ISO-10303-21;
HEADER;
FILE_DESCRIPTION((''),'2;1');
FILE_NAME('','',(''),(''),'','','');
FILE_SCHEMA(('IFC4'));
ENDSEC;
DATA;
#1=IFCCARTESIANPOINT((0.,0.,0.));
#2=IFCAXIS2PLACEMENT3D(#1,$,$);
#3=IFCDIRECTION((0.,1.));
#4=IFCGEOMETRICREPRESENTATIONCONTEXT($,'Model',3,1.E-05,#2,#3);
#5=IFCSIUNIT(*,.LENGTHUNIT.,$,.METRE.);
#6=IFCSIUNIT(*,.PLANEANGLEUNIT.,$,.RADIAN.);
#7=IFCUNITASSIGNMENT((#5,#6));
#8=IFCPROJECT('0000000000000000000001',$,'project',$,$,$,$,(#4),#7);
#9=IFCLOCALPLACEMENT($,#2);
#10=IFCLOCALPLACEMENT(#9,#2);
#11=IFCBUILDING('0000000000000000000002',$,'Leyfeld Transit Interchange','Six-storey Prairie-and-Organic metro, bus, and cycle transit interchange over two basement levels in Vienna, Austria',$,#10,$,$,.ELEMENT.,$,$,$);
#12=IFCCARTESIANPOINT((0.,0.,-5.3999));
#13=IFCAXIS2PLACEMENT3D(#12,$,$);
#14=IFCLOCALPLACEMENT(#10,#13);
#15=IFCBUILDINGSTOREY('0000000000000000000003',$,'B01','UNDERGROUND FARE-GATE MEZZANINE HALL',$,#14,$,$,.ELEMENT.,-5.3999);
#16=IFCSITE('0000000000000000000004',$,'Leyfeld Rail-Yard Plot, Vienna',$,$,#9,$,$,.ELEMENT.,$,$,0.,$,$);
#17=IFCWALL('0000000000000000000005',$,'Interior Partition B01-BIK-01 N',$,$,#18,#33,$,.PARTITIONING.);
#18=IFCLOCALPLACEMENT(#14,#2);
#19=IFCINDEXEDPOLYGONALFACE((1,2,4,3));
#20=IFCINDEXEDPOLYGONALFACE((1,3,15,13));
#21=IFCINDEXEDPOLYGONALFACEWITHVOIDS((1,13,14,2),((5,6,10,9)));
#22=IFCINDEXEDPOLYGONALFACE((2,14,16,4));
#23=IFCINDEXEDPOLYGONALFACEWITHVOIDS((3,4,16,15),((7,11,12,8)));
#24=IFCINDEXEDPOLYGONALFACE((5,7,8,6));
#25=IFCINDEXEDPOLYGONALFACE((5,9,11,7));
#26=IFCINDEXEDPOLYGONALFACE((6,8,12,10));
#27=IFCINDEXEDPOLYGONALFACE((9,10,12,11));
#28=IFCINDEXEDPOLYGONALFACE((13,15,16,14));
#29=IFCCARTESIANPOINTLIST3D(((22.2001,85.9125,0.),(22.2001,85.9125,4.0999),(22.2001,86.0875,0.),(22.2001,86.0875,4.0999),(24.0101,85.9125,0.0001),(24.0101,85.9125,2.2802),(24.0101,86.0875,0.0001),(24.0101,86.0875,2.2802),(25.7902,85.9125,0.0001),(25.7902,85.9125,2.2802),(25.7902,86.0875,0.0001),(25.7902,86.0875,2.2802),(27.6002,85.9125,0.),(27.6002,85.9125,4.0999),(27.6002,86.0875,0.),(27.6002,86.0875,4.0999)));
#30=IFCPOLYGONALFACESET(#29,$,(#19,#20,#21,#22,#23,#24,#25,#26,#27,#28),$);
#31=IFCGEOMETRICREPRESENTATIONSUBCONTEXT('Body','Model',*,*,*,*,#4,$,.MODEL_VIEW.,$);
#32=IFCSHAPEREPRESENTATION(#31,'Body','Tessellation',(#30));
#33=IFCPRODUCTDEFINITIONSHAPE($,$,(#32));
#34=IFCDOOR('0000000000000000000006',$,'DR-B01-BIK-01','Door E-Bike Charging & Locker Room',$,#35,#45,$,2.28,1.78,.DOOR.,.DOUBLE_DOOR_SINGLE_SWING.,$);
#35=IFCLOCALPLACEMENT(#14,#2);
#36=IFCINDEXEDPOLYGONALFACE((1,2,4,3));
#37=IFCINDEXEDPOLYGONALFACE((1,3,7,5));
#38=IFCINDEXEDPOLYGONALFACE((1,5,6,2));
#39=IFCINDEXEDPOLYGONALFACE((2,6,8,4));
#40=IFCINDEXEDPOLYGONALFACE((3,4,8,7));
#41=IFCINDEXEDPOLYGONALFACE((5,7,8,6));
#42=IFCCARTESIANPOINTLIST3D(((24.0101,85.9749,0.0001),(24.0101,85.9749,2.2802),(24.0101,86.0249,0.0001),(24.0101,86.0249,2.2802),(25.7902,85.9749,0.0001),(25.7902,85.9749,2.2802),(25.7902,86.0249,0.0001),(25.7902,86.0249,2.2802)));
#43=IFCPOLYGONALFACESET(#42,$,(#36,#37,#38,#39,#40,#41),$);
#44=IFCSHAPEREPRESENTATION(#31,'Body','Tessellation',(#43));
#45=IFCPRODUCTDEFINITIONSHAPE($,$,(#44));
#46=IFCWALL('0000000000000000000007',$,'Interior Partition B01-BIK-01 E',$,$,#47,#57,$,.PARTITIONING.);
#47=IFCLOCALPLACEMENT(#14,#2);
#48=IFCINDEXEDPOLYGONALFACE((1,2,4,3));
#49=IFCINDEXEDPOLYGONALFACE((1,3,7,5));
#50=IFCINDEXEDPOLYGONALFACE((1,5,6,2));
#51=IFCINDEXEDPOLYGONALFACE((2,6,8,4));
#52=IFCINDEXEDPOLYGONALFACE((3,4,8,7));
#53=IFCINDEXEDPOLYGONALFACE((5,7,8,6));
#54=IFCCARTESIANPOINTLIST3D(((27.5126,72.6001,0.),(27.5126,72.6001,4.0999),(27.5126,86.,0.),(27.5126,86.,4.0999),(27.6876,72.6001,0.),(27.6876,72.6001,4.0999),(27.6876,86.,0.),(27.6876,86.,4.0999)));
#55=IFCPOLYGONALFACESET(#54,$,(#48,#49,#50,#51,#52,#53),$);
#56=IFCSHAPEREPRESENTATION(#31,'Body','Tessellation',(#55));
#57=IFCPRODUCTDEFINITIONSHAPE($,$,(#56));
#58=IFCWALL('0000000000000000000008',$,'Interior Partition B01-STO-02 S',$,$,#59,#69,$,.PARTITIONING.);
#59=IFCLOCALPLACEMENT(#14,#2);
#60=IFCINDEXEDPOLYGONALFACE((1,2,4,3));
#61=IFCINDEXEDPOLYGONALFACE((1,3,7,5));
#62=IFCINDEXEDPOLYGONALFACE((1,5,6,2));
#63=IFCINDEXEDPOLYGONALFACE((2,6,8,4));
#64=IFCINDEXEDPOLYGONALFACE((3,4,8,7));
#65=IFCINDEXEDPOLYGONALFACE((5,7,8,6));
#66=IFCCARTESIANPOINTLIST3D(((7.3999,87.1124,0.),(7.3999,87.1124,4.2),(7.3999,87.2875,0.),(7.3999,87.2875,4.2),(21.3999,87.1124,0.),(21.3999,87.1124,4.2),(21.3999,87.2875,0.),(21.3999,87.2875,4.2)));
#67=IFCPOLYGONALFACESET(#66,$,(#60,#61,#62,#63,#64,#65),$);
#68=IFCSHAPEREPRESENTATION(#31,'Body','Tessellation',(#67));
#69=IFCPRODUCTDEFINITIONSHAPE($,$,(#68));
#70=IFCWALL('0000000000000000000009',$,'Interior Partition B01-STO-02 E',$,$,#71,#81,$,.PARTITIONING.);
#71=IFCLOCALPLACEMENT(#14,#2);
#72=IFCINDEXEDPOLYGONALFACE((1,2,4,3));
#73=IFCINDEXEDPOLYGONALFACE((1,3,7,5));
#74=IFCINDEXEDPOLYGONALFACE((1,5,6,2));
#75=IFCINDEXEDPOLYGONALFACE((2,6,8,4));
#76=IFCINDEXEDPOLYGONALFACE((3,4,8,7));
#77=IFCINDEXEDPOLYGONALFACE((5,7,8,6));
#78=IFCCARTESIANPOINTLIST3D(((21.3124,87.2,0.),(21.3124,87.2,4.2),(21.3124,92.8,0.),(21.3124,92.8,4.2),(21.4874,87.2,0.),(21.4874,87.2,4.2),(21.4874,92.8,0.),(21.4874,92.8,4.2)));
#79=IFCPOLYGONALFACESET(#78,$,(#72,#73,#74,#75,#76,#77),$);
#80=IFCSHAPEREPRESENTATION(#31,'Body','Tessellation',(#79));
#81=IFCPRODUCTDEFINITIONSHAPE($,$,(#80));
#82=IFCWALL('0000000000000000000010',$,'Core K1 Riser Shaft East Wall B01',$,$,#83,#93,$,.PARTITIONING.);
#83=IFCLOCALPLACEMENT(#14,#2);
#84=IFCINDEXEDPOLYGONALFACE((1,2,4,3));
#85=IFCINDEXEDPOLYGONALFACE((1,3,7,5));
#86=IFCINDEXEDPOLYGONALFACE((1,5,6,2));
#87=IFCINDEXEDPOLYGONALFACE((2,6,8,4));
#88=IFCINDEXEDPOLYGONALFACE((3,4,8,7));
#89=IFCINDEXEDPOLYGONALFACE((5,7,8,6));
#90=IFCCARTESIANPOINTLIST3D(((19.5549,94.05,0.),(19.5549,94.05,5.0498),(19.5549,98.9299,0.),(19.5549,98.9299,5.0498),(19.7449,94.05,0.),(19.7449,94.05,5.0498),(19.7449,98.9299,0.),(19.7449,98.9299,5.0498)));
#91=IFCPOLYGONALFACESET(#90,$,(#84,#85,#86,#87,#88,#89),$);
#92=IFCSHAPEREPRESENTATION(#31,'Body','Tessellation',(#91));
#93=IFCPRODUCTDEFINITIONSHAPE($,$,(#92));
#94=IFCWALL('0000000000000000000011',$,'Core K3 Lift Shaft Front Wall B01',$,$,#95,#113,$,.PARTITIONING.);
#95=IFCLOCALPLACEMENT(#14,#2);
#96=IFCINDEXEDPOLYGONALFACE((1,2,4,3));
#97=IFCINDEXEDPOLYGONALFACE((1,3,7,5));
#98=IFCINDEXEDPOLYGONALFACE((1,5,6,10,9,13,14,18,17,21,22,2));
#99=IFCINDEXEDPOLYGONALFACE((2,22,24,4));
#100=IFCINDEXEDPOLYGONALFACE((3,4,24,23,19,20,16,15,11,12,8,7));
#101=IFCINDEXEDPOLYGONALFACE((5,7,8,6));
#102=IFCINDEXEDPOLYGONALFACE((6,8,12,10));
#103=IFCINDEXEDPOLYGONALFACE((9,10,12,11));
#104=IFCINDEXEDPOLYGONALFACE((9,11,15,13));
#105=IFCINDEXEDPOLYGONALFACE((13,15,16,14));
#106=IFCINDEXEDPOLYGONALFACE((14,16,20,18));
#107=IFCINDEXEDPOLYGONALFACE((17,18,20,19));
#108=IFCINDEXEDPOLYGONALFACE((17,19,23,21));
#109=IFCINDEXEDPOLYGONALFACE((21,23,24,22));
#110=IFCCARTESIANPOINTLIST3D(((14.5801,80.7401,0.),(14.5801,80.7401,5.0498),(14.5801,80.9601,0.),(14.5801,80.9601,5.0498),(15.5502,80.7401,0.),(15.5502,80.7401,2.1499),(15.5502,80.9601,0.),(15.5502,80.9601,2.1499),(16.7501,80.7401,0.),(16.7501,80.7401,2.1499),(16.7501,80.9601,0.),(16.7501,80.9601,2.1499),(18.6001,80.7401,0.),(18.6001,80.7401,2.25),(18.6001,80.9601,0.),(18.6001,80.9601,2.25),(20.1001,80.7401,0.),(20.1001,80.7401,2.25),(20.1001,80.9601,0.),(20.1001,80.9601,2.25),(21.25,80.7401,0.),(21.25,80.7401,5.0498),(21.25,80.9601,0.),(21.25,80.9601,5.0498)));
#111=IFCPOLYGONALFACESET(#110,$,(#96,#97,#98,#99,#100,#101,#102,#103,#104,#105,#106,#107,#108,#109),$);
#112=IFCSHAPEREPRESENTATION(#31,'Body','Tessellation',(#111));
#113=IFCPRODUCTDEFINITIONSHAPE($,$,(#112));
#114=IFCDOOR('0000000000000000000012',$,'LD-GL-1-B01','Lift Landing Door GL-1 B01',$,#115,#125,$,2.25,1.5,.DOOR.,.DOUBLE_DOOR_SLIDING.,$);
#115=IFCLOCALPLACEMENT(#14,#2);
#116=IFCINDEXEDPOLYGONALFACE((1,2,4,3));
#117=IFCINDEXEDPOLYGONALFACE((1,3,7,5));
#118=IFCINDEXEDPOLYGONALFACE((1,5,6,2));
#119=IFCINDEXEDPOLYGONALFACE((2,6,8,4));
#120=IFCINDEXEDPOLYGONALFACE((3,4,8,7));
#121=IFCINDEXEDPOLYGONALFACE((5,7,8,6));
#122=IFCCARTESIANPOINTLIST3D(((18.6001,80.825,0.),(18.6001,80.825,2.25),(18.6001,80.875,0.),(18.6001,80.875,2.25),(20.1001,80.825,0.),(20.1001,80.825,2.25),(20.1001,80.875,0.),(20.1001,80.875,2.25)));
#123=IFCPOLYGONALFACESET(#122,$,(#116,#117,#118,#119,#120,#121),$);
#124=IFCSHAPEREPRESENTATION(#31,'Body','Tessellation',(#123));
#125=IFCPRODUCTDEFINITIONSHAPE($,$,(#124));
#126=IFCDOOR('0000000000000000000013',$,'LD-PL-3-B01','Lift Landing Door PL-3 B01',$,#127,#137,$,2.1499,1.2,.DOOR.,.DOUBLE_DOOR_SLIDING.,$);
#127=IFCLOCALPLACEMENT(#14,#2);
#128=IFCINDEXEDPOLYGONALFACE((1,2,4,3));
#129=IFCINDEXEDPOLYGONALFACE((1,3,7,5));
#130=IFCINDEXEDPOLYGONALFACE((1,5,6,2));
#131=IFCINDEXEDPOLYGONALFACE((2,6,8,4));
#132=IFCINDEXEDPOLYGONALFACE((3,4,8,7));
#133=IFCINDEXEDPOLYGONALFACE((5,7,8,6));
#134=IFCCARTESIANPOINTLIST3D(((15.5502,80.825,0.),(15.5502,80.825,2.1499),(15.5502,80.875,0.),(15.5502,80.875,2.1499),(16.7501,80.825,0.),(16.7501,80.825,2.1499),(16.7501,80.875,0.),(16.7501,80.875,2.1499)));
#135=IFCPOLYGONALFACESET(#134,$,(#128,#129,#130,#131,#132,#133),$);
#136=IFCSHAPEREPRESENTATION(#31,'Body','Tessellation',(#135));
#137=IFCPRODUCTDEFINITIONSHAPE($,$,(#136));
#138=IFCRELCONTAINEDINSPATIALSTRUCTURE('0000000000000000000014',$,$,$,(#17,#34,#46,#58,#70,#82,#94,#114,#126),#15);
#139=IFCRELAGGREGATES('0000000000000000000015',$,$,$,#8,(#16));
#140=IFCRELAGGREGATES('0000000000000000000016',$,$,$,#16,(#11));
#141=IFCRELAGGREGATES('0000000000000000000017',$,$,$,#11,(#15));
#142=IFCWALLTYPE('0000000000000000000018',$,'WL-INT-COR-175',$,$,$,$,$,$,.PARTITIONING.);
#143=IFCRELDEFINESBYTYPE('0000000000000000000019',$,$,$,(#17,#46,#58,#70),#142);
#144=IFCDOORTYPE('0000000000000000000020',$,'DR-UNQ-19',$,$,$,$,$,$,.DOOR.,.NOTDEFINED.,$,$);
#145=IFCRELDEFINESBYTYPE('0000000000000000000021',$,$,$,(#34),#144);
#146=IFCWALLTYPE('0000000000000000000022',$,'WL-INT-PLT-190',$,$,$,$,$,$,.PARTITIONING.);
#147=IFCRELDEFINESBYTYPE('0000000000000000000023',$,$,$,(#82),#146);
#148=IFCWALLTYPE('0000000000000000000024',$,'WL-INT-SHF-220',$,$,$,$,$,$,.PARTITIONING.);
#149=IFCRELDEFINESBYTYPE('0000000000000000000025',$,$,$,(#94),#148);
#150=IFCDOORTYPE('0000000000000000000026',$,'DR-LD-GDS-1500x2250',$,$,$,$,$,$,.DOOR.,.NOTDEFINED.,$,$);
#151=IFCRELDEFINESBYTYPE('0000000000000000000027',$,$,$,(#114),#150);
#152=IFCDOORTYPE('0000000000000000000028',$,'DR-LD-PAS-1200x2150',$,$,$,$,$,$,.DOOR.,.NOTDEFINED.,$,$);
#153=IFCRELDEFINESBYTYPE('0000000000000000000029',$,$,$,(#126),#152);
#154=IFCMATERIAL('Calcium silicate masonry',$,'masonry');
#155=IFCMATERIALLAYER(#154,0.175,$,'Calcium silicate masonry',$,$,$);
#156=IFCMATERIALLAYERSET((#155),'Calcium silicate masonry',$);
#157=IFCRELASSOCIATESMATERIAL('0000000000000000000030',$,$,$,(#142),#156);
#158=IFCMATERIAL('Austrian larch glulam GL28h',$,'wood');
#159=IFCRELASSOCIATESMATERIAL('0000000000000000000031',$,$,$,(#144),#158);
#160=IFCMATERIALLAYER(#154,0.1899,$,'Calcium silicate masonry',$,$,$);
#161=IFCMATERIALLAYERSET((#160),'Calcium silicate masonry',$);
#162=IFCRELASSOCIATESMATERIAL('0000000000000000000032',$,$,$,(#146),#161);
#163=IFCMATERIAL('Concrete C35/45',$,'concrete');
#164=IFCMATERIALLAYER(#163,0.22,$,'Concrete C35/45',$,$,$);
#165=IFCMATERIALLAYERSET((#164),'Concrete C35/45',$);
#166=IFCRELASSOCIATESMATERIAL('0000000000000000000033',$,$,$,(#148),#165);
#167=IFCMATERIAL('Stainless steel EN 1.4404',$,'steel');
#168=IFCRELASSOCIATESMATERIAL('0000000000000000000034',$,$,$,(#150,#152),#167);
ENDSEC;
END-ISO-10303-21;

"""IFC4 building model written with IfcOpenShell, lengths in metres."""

from ifc_helpers import new_model, si_unit, direction, frame, frame_2d, origin, place, context, subcontext, project, spatial, rectangle, extrude, material, layer, layer_set, type_object, element, fill, save


model = new_model("IFC4")

# Units and contexts
model_context = context("Model", 3, precision=1e-05, world=origin(), true_north=direction((0.0, 1.0)))
body_context = subcontext(model_context, "Body", "Model", "MODEL_VIEW")
ifc_project = project(units=[si_unit("LENGTHUNIT", "METRE"), si_unit("PLANEANGLEUNIT", "RADIAN")], contexts=[model_context])

# Site, building, storey
site_placement = place(None, origin())
site = spatial("IfcSite", under=ifc_project, at=site_placement, Name="Leyfeld Rail-Yard Plot, Vienna", CompositionType="ELEMENT", RefElevation=0.0)
building_placement = place(site_placement, origin())
building = spatial("IfcBuilding", under=site, at=building_placement, Name="Leyfeld Transit Interchange", Description="Six-storey Prairie-and-Organic metro, bus, and cycle transit interchange over two basement levels in Vienna, Austria", CompositionType="ELEMENT")
storey_placement = place(building_placement, frame((0.0, 0.0, -5.3999)))
storey = spatial("IfcBuildingStorey", under=building, at=storey_placement, Name="B01", Description="UNDERGROUND FARE-GATE MEZZANINE HALL", CompositionType="ELEMENT", Elevation=-5.3999)

# Shared definitions
ifc_material_1 = material(Name="Concrete C35/45", Category="concrete")

# Wall, opening, door
ifc_material_2 = material(Name="Calcium silicate masonry", Category="masonry")
ifc_layer_1 = layer(ifc_material_2, 0.175, Name="Calcium silicate masonry")
ifc_layer_set_1 = layer_set([ifc_layer_1], Name="Calcium silicate masonry")
wall_type_1 = type_object("IfcWallType", Name="WL-INT-COR-175", PredefinedType="PARTITIONING", material=ifc_layer_set_1)
wall_1_placement = place(storey_placement, frame((22.2, 86.0, 0.0), z_axis=(0.0, 0.0, 1.0), x_axis=(1.0, 0.0, 0.0)))
wall_1 = element("IfcWall", 1, at=wall_1_placement, inside=storey, type_object=wall_type_1, Name="Interior Partition B01-BIK-01 N", PredefinedType="PARTITIONING", context=body_context, shape_type="SweptSolid", body=[
    extrude(rectangle(XDim=5.4001, YDim=0.175, at=frame_2d((2.7002, 0.0))), origin(), (0.0, 0.0, 1.0), 4.0999),
])
opening_1_placement = place(wall_1_placement, frame((1.8101, 0.0, 0.0)))
opening_1 = element("IfcOpeningElement", 2, at=opening_1_placement, cuts=wall_1, PredefinedType="OPENING", context=body_context, shape_type="SweptSolid", body=[
    extrude(rectangle(XDim=1.78, YDim=2.28, at=frame_2d((0.8901, 1.1401))), frame((0.0, 0.0974, 0.0), z_axis=(0.0, -1.0, 0.0), x_axis=(1.0, 0.0, 0.0)), (0.0, 0.0, 1.0), 0.1951),
])
ifc_material_3 = material(Name="Austrian larch glulam GL28h", Category="wood")
door_type_1 = type_object("IfcDoorType", Name="DR-UNQ-19", OperationType="NOTDEFINED", PredefinedType="DOOR", material=ifc_material_3)
door_1_placement = place(opening_1_placement, origin())
door_1 = element("IfcDoor", 3, at=door_1_placement, inside=storey, type_object=door_type_1, Name="DR-B01-BIK-01", Description="Door E-Bike Charging & Locker Room", OperationType="DOUBLE_DOOR_SINGLE_SWING", OverallHeight=2.28, OverallWidth=1.78, PredefinedType="DOOR", context=body_context, shape_type="SweptSolid", body=[
    extrude(rectangle(XDim=1.78, YDim=2.28, at=frame_2d((0.8901, 1.1401))), frame((0.0, 0.0249, 0.0), z_axis=(0.0, -1.0, 0.0), x_axis=(1.0, 0.0, 0.0)), (0.0, 0.0, 1.0), 0.05),
])
fill(opening_1, door_1)

# Walls
wall_2_placement = place(storey_placement, frame((27.6001, 86.0, 0.0), z_axis=(0.0, 0.0, 1.0), x_axis=(0.0, -1.0, 0.0)))
element("IfcWall", 4, at=wall_2_placement, inside=storey, type_object=wall_type_1, Name="Interior Partition B01-BIK-01 E", PredefinedType="PARTITIONING", context=body_context, shape_type="SweptSolid", body=[
    extrude(rectangle(XDim=13.3999, YDim=0.175, at=frame_2d((6.7, 0.0))), origin(), (0.0, 0.0, 1.0), 4.0999),
])
wall_3_placement = place(storey_placement, frame((21.3999, 87.2, 0.0), z_axis=(0.0, 0.0, 1.0), x_axis=(-1.0, 0.0, 0.0)))
element("IfcWall", 5, at=wall_3_placement, inside=storey, type_object=wall_type_1, Name="Interior Partition B01-STO-02 S", PredefinedType="PARTITIONING", context=body_context, shape_type="SweptSolid", body=[
    extrude(rectangle(XDim=14.0, YDim=0.175, at=frame_2d((7.0, 0.0))), origin(), (0.0, 0.0, 1.0), 4.2),
])
wall_4_placement = place(storey_placement, frame((21.3999, 92.8, 0.0), z_axis=(0.0, 0.0, 1.0), x_axis=(0.0, -1.0, 0.0)))
element("IfcWall", 6, at=wall_4_placement, inside=storey, type_object=wall_type_1, Name="Interior Partition B01-STO-02 E", PredefinedType="PARTITIONING", context=body_context, shape_type="SweptSolid", body=[
    extrude(rectangle(XDim=5.6001, YDim=0.175, at=frame_2d((2.8, 0.0))), origin(), (0.0, 0.0, 1.0), 4.2),
])
ifc_layer_2 = layer(ifc_material_2, 0.1899, Name="Calcium silicate masonry")
ifc_layer_set_2 = layer_set([ifc_layer_2], Name="Calcium silicate masonry")
wall_type_2 = type_object("IfcWallType", Name="WL-INT-PLT-190", PredefinedType="PARTITIONING", material=ifc_layer_set_2)
wall_5_placement = place(storey_placement, frame((19.6499, 94.05, 0.0), z_axis=(0.0, 0.0, 1.0), x_axis=(0.0, 1.0, 0.0)))
element("IfcWall", 7, at=wall_5_placement, inside=storey, type_object=wall_type_2, Name="Core K1 Riser Shaft East Wall B01", PredefinedType="PARTITIONING", context=body_context, shape_type="SweptSolid", body=[
    extrude(rectangle(XDim=4.8799, YDim=0.1899, at=frame_2d((2.4399, 0.0))), origin(), (0.0, 0.0, 1.0), 5.0498),
])

# Wall, openings, doors
ifc_layer_3 = layer(ifc_material_1, 0.22, Name="Concrete C35/45")
ifc_layer_set_3 = layer_set([ifc_layer_3], Name="Concrete C35/45")
wall_type_3 = type_object("IfcWallType", Name="WL-INT-SHF-220", PredefinedType="PARTITIONING", material=ifc_layer_set_3)
wall_6_placement = place(storey_placement, frame((14.5801, 80.8501, 0.0), z_axis=(0.0, 0.0, 1.0), x_axis=(1.0, 0.0, 0.0)))
wall_6 = element("IfcWall", 8, at=wall_6_placement, inside=storey, type_object=wall_type_3, Name="Core K3 Lift Shaft Front Wall B01", PredefinedType="PARTITIONING", context=body_context, shape_type="SweptSolid", body=[
    extrude(rectangle(XDim=6.6699, YDim=0.22, at=frame_2d((3.335, 0.0))), origin(), (0.0, 0.0, 1.0), 5.0498),
])
opening_2_placement = place(wall_6_placement, frame((0.97, 0.0, 0.0)))
opening_2 = element("IfcOpeningElement", 9, at=opening_2_placement, cuts=wall_6, PredefinedType="OPENING", context=body_context, shape_type="SweptSolid", body=[
    extrude(rectangle(XDim=1.2, YDim=2.1499, at=frame_2d((0.6001, 1.075))), frame((0.0, 0.1199, 0.0), z_axis=(0.0, -1.0, 0.0), x_axis=(1.0, 0.0, 0.0)), (0.0, 0.0, 1.0), 0.24),
])
opening_3_placement = place(wall_6_placement, frame((4.02, 0.0, 0.0)))
opening_3 = element("IfcOpeningElement", 10, at=opening_3_placement, cuts=wall_6, PredefinedType="OPENING", context=body_context, shape_type="SweptSolid", body=[
    extrude(rectangle(XDim=1.5, YDim=2.25, at=frame_2d((0.75, 1.125))), frame((0.0, 0.1199, 0.0), z_axis=(0.0, -1.0, 0.0), x_axis=(1.0, 0.0, 0.0)), (0.0, 0.0, 1.0), 0.24),
])
ifc_material_4 = material(Name="Stainless steel EN 1.4404", Category="steel")
door_type_2 = type_object("IfcDoorType", Name="DR-LD-GDS-1500x2250", OperationType="NOTDEFINED", PredefinedType="DOOR", material=ifc_material_4)
door_2_placement = place(opening_3_placement, origin())
door_2 = element("IfcDoor", 11, at=door_2_placement, inside=storey, type_object=door_type_2, Name="LD-GL-1-B01", Description="Lift Landing Door GL-1 B01", OperationType="DOUBLE_DOOR_SLIDING", OverallHeight=2.25, OverallWidth=1.5, PredefinedType="DOOR", context=body_context, shape_type="SweptSolid", body=[
    extrude(rectangle(XDim=1.5, YDim=2.25, at=frame_2d((0.75, 1.125))), frame((0.0, 0.0249, 0.0), z_axis=(0.0, -1.0, 0.0), x_axis=(1.0, 0.0, 0.0)), (0.0, 0.0, 1.0), 0.05),
])
fill(opening_3, door_2)
door_type_3 = type_object("IfcDoorType", Name="DR-LD-PAS-1200x2150", OperationType="NOTDEFINED", PredefinedType="DOOR", material=ifc_material_4)
door_3_placement = place(opening_2_placement, origin())
door_3 = element("IfcDoor", 12, at=door_3_placement, inside=storey, type_object=door_type_3, Name="LD-PL-3-B01", Description="Lift Landing Door PL-3 B01", OperationType="DOUBLE_DOOR_SLIDING", OverallHeight=2.1499, OverallWidth=1.2, PredefinedType="DOOR", context=body_context, shape_type="SweptSolid", body=[
    extrude(rectangle(XDim=1.2, YDim=2.1499, at=frame_2d((0.6001, 1.075))), frame((0.0, 0.0249, 0.0), z_axis=(0.0, -1.0, 0.0), x_axis=(1.0, 0.0, 0.0)), (0.0, 0.0, 1.0), 0.05),
])
fill(opening_2, door_3)

save(model, "model.ifc")
